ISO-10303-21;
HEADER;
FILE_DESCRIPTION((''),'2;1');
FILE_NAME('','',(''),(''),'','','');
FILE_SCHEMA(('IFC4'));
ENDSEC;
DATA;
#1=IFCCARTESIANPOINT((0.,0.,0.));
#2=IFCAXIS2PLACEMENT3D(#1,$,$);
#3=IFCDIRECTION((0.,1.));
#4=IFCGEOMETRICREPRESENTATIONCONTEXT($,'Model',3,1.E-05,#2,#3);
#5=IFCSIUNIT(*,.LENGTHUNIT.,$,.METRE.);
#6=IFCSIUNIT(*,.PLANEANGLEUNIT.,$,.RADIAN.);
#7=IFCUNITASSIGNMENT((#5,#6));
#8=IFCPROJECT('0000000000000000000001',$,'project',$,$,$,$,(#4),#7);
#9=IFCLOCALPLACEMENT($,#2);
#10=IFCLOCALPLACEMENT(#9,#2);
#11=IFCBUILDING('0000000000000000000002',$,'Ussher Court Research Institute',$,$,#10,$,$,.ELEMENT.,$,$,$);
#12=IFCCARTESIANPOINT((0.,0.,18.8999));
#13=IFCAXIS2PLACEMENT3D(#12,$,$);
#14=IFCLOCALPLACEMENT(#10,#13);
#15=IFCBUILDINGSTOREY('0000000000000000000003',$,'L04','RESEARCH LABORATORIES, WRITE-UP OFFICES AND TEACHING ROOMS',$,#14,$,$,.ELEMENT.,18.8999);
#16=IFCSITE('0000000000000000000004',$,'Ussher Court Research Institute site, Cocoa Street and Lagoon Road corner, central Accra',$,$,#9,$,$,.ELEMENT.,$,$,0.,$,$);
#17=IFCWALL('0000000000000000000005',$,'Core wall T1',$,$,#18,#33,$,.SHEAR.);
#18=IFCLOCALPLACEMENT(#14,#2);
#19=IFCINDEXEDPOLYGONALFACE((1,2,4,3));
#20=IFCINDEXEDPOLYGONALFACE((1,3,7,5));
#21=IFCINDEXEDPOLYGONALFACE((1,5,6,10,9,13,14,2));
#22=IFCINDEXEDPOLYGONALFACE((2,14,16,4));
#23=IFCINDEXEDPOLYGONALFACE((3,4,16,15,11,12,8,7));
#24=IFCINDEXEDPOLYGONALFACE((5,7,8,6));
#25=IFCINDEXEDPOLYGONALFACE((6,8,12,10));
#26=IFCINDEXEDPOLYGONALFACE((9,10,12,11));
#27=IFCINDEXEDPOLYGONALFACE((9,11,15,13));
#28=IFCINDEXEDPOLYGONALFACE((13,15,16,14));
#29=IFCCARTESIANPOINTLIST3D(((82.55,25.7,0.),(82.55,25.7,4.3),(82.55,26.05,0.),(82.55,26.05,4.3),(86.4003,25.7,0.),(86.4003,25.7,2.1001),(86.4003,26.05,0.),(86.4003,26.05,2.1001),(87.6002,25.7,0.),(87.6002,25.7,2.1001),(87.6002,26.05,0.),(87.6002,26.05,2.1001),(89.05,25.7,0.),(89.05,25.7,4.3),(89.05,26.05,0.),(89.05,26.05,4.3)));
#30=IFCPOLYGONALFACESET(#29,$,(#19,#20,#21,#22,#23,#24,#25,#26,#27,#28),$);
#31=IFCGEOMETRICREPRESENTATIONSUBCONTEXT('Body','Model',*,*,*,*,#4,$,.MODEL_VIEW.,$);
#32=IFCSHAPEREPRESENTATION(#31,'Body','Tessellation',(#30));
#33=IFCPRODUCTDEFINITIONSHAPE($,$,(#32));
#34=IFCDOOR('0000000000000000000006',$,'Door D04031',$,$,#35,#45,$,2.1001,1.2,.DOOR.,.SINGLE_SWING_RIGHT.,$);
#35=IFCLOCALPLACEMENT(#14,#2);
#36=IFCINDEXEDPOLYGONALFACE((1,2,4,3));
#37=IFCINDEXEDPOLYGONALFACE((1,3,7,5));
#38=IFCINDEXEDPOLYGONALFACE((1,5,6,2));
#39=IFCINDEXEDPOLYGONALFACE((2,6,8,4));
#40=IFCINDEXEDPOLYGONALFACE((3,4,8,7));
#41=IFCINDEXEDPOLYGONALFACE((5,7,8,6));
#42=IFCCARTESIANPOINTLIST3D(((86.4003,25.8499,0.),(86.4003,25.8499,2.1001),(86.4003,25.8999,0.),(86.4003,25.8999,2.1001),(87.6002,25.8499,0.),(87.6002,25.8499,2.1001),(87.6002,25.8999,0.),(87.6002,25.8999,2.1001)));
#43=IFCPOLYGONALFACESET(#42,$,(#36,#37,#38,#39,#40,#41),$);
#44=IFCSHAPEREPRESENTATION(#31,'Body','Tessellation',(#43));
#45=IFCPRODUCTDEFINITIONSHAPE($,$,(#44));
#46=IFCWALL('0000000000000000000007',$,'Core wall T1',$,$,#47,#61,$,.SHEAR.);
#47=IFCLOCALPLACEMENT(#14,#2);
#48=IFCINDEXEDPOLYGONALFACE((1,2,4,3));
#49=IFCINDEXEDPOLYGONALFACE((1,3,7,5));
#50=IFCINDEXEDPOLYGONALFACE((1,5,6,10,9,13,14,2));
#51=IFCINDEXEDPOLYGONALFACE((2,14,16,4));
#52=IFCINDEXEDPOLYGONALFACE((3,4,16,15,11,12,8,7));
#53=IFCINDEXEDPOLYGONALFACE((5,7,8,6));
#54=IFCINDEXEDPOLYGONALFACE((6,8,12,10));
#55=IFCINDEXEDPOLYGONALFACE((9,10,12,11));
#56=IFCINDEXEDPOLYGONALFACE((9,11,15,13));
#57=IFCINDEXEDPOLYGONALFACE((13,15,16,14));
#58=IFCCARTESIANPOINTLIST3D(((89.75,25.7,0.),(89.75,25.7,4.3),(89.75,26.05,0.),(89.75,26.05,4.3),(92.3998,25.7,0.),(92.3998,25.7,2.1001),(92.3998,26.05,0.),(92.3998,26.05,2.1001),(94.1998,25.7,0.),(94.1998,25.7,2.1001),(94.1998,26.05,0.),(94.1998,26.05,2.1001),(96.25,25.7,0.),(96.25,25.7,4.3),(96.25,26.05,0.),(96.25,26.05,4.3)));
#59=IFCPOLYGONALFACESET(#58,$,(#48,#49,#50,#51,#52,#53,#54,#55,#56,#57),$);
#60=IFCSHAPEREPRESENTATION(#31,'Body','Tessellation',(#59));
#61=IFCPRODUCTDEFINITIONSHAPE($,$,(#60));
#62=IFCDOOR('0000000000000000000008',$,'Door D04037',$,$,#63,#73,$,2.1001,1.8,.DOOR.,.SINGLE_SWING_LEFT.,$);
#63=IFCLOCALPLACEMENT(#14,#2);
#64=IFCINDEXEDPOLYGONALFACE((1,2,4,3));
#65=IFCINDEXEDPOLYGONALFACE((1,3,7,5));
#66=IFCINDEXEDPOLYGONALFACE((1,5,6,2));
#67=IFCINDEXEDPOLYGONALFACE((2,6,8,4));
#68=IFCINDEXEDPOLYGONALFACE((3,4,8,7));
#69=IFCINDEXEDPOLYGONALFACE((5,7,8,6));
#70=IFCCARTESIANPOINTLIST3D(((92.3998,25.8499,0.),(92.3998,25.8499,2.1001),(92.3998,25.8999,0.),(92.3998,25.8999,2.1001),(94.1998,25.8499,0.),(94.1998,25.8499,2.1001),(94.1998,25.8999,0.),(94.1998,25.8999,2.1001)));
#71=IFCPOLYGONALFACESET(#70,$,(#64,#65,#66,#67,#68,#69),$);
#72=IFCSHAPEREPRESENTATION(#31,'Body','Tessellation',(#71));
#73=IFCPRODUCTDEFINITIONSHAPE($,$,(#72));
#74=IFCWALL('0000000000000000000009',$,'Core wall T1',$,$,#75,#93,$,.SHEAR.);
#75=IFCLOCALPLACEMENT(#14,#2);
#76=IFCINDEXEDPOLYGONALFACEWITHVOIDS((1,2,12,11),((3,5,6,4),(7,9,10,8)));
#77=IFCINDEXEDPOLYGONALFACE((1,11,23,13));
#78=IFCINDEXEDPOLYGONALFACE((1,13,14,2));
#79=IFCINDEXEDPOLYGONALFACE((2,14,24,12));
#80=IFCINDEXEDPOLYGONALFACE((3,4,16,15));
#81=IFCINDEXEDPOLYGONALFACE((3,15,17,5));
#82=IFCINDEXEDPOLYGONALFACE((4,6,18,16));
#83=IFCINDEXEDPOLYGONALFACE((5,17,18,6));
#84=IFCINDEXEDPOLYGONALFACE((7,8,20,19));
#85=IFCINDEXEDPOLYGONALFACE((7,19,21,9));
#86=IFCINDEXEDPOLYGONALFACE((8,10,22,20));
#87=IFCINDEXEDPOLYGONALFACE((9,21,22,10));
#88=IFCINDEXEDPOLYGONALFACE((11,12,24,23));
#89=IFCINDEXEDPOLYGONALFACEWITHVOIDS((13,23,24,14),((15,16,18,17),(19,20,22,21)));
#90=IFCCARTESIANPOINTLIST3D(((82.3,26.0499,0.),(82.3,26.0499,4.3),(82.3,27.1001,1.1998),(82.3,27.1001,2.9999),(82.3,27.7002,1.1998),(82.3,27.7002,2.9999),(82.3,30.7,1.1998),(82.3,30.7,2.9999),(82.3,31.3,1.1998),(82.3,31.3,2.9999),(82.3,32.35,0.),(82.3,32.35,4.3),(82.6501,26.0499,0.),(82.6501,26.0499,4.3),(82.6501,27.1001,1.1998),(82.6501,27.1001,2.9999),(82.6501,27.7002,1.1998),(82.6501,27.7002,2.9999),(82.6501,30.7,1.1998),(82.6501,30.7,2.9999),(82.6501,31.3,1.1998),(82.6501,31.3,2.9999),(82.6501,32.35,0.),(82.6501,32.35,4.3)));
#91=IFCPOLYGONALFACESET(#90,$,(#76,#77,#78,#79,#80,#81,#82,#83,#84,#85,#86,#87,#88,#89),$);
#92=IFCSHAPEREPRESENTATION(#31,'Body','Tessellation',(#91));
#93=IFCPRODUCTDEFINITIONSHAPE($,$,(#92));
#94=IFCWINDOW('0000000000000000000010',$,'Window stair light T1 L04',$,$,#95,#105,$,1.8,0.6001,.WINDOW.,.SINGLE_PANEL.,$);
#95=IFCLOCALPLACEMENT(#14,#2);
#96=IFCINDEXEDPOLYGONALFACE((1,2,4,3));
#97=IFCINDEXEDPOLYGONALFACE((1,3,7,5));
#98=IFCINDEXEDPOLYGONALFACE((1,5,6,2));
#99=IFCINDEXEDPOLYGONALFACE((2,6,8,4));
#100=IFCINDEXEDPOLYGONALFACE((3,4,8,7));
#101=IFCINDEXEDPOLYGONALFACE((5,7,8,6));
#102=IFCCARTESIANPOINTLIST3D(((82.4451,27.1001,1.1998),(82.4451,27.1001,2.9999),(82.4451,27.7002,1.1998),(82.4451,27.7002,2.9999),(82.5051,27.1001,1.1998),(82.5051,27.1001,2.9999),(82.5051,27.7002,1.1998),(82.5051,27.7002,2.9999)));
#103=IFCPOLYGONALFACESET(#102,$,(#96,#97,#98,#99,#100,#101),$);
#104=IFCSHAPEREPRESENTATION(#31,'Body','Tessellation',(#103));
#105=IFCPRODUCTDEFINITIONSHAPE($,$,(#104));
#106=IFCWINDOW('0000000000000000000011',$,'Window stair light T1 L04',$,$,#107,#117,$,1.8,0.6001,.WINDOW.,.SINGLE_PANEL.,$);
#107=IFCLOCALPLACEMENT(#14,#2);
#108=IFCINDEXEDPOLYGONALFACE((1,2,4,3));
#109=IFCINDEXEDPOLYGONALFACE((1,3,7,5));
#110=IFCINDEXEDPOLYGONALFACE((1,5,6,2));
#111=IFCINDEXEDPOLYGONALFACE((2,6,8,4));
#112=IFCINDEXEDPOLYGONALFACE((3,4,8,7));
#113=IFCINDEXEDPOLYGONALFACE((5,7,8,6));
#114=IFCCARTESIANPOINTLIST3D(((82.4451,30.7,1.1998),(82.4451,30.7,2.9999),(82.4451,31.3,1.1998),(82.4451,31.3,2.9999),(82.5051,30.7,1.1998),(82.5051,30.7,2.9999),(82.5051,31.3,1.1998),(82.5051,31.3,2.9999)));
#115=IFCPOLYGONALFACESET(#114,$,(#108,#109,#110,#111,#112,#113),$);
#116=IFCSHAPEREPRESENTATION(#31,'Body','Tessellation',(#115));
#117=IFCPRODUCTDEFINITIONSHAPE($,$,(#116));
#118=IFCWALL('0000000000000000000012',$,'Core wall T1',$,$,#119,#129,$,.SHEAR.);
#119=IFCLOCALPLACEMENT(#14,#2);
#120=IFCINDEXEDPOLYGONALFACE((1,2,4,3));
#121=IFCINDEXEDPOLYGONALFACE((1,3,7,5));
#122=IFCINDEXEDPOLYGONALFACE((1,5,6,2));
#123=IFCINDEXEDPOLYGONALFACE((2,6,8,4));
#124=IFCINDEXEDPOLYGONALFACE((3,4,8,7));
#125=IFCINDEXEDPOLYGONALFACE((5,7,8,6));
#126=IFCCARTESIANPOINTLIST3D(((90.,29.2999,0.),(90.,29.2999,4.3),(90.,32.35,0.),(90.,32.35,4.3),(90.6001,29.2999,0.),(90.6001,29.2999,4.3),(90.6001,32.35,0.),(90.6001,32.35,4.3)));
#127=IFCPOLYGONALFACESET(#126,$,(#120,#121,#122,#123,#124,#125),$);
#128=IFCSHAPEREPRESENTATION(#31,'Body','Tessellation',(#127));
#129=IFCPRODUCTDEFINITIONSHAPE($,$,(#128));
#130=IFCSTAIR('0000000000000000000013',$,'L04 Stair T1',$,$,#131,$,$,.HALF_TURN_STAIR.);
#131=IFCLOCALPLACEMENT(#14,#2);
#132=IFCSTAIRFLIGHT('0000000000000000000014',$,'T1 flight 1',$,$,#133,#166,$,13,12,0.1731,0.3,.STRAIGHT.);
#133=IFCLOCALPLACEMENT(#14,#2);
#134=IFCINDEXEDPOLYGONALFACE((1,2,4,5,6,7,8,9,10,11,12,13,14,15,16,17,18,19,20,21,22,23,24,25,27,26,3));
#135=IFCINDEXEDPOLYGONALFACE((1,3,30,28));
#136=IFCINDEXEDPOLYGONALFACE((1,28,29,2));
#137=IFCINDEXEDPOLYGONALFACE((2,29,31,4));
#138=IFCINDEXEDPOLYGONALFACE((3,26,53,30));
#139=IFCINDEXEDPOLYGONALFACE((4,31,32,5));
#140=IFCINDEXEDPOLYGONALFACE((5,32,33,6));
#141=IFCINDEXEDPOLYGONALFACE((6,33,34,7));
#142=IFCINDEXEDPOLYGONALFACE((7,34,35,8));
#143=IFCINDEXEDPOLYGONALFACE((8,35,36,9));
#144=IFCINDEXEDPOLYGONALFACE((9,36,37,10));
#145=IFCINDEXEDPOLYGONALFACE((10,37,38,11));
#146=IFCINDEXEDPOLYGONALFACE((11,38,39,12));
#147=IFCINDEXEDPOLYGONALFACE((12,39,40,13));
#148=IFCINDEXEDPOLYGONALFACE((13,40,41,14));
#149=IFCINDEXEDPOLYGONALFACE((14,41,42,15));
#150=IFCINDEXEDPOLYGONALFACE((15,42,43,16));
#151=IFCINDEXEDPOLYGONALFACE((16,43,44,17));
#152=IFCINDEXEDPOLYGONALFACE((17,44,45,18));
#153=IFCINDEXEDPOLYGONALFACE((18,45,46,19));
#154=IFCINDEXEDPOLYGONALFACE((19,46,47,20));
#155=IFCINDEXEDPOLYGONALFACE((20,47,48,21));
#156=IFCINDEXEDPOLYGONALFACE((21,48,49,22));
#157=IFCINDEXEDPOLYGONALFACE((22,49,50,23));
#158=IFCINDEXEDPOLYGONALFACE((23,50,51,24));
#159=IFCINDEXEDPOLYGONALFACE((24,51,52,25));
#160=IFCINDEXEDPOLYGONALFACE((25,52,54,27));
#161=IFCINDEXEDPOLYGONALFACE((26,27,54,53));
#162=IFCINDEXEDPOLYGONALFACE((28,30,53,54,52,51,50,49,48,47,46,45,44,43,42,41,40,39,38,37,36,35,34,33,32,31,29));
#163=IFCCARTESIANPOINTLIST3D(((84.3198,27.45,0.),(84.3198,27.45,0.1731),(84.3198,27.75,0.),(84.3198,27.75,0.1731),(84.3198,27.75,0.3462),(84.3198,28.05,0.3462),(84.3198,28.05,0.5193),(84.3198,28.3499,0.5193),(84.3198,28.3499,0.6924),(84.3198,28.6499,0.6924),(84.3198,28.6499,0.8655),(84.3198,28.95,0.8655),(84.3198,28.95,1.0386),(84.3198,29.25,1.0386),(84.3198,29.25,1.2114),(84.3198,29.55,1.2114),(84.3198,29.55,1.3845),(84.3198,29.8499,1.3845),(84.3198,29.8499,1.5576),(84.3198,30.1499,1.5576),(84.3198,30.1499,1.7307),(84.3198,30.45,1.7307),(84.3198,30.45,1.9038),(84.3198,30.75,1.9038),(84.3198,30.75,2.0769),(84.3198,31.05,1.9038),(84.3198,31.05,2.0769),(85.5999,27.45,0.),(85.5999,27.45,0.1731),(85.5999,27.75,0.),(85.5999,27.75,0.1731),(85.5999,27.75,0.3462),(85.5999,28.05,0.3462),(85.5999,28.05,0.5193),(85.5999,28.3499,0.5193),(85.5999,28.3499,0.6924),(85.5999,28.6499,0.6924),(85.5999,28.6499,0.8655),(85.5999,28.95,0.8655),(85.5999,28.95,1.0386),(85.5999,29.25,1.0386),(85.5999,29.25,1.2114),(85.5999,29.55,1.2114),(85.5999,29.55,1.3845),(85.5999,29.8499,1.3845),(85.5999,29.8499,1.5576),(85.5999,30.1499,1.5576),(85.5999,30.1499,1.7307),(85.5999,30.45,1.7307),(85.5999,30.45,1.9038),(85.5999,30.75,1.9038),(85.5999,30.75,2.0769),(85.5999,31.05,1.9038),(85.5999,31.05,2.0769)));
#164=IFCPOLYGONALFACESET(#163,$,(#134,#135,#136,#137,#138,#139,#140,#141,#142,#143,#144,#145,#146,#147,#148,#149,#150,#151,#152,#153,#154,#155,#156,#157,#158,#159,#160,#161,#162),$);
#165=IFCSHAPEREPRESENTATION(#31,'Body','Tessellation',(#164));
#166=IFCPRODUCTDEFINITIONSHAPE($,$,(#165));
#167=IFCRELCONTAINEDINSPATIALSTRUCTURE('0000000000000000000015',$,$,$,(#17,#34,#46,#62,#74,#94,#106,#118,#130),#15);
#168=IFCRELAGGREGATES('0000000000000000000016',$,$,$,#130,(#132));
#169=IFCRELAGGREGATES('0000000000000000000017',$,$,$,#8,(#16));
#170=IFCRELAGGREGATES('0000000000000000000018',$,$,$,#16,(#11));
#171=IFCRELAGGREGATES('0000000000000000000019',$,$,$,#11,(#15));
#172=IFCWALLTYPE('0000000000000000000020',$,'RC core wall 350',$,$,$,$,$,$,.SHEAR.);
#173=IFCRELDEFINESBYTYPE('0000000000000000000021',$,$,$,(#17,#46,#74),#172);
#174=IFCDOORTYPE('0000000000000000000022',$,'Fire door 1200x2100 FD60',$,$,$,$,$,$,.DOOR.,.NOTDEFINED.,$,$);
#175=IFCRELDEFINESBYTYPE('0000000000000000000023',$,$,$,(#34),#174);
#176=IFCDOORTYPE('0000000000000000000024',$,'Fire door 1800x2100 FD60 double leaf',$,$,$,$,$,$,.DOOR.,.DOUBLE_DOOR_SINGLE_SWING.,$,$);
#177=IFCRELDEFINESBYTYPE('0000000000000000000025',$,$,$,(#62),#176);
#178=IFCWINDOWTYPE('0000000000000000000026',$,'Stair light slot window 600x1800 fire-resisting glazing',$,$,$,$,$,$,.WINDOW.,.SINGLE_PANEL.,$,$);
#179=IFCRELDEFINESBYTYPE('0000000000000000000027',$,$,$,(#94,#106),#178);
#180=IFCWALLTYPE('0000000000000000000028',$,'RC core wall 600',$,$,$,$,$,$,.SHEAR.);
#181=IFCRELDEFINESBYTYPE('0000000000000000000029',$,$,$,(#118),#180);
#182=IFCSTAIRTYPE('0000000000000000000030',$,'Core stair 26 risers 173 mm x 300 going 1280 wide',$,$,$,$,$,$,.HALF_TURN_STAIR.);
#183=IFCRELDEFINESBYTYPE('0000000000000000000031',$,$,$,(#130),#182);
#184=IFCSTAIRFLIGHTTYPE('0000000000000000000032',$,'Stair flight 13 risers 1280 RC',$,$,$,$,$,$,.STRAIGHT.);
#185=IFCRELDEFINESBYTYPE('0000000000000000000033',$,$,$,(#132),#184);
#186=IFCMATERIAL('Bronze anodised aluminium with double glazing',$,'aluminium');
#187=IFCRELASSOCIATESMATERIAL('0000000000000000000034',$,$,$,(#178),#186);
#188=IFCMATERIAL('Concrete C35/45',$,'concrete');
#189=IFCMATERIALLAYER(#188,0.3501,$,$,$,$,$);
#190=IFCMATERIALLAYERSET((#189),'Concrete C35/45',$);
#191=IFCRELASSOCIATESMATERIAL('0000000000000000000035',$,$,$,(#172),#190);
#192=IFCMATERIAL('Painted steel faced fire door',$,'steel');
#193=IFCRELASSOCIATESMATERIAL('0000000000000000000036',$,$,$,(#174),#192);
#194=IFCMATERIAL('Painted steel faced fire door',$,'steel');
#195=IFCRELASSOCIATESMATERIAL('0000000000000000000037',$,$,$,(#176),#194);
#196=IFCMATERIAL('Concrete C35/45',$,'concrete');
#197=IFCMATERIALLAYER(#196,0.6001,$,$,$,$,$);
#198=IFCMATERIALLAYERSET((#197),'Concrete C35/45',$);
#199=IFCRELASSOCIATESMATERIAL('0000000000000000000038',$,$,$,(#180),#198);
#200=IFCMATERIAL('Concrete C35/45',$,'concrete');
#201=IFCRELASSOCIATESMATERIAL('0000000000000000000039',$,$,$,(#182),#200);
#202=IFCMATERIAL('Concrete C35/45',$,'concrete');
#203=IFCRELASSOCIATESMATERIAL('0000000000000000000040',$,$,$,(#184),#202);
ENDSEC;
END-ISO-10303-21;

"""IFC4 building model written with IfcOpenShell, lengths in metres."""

from ifc_helpers import new_model, si_unit, direction, frame, frame_2d, origin, place, context, subcontext, project, spatial, polyline, rectangle, outline, extrude, material, layer, layer_set, type_object, element, fill, aggregate, save


model = new_model("IFC4")

# Units and contexts
model_context = context("Model", 3, precision=1e-05, world=origin(), true_north=direction((0.0, 1.0)))
body_context = subcontext(model_context, "Body", "Model", "MODEL_VIEW")
ifc_project = project(units=[si_unit("LENGTHUNIT", "METRE"), si_unit("PLANEANGLEUNIT", "RADIAN")], contexts=[model_context])

# Site, building, storey
site_placement = place(None, origin())
site = spatial("IfcSite", under=ifc_project, at=site_placement, Name="Ussher Court Research Institute site, Cocoa Street and Lagoon Road corner, central Accra", CompositionType="ELEMENT", RefElevation=0.0)
building_placement = place(site_placement, origin())
building = spatial("IfcBuilding", under=site, at=building_placement, Name="Ussher Court Research Institute", CompositionType="ELEMENT")
storey_placement = place(building_placement, frame((0.0, 0.0, 18.8999)))
storey = spatial("IfcBuildingStorey", under=building, at=storey_placement, Name="L04", Description="RESEARCH LABORATORIES, WRITE-UP OFFICES AND TEACHING ROOMS", CompositionType="ELEMENT", Elevation=18.8999)

# Shared definitions
ifc_material_1 = material(Name="Bronze anodised aluminium with double glazing", Category="aluminium")
window_type = type_object("IfcWindowType", Name="Stair light slot window 600x1800 fire-resisting glazing", PartitioningType="SINGLE_PANEL", PredefinedType="WINDOW", material=ifc_material_1)

# Walls, openings, doors
ifc_material_2 = material(Name="Concrete C35/45", Category="concrete")
ifc_layer_1 = layer(ifc_material_2, 0.3501)
ifc_layer_set_1 = layer_set([ifc_layer_1], Name="Concrete C35/45")
wall_type_1 = type_object("IfcWallType", Name="RC core wall 350", PredefinedType="SHEAR", material=ifc_layer_set_1)
wall_1_placement = place(storey_placement, frame((82.55, 25.875, 0.0), z_axis=(0.0, 0.0, 1.0), x_axis=(1.0, 0.0, 0.0)))
wall_1 = element("IfcWall", 1, at=wall_1_placement, inside=storey, type_object=wall_type_1, Name="Core wall T1", PredefinedType="SHEAR", context=body_context, shape_type="SweptSolid", body=[
    extrude(rectangle(XDim=6.5, YDim=0.3501, at=frame_2d((3.25, 0.0))), origin(), (0.0, 0.0, 1.0), 4.3),
])
opening_1_placement = place(wall_1_placement, frame((3.8501, 0.0, 0.0)))
opening_1 = element("IfcOpeningElement", 2, at=opening_1_placement, cuts=wall_1, PredefinedType="OPENING", context=body_context, shape_type="SweptSolid", body=[
    extrude(rectangle(XDim=1.2, YDim=2.1001, at=frame_2d((0.6001, 1.05))), frame((0.0, 0.1851, 0.0), z_axis=(0.0, -1.0, 0.0), x_axis=(1.0, 0.0, 0.0)), (0.0, 0.0, 1.0), 0.3701),
])
ifc_material_3 = material(Name="Painted steel faced fire door", Category="steel")
door_type_1 = type_object("IfcDoorType", Name="Fire door 1200x2100 FD60", OperationType="NOTDEFINED", PredefinedType="DOOR", material=ifc_material_3)
door_1_placement = place(opening_1_placement, origin())
door_1 = element("IfcDoor", 3, at=door_1_placement, inside=storey, type_object=door_type_1, Name="Door D04031", OperationType="SINGLE_SWING_RIGHT", OverallHeight=2.1001, OverallWidth=1.2, PredefinedType="DOOR", context=body_context, shape_type="SweptSolid", body=[
    extrude(rectangle(XDim=1.2, YDim=2.1001, at=frame_2d((0.6001, 1.05))), frame((0.0, 0.0249, 0.0), z_axis=(0.0, -1.0, 0.0), x_axis=(1.0, 0.0, 0.0)), (0.0, 0.0, 1.0), 0.05),
])
fill(opening_1, door_1)
wall_2_placement = place(storey_placement, frame((89.75, 25.875, 0.0), z_axis=(0.0, 0.0, 1.0), x_axis=(1.0, 0.0, 0.0)))
wall_2 = element("IfcWall", 4, at=wall_2_placement, inside=storey, type_object=wall_type_1, Name="Core wall T1", PredefinedType="SHEAR", context=body_context, shape_type="SweptSolid", body=[
    extrude(rectangle(XDim=6.5, YDim=0.3501, at=frame_2d((3.25, 0.0))), origin(), (0.0, 0.0, 1.0), 4.3),
])
opening_2_placement = place(wall_2_placement, frame((2.6499, 0.0, 0.0)))
opening_2 = element("IfcOpeningElement", 5, at=opening_2_placement, cuts=wall_2, PredefinedType="OPENING", context=body_context, shape_type="SweptSolid", body=[
    extrude(rectangle(XDim=1.8, YDim=2.1001, at=frame_2d((0.8999, 1.05))), frame((0.0, 0.1851, 0.0), z_axis=(0.0, -1.0, 0.0), x_axis=(1.0, 0.0, 0.0)), (0.0, 0.0, 1.0), 0.3701),
])
ifc_material_4 = material(Name="Painted steel faced fire door", Category="steel")
door_type_2 = type_object("IfcDoorType", Name="Fire door 1800x2100 FD60 double leaf", OperationType="DOUBLE_DOOR_SINGLE_SWING", PredefinedType="DOOR", material=ifc_material_4)
door_2_placement = place(opening_2_placement, origin())
door_2 = element("IfcDoor", 6, at=door_2_placement, inside=storey, type_object=door_type_2, Name="Door D04037", OperationType="SINGLE_SWING_LEFT", OverallHeight=2.1001, OverallWidth=1.8, PredefinedType="DOOR", context=body_context, shape_type="SweptSolid", body=[
    extrude(rectangle(XDim=1.8, YDim=2.1001, at=frame_2d((0.8999, 1.05))), frame((0.0, 0.0249, 0.0), z_axis=(0.0, -1.0, 0.0), x_axis=(1.0, 0.0, 0.0)), (0.0, 0.0, 1.0), 0.05),
])
fill(opening_2, door_2)

# Wall, openings, windows
wall_3_placement = place(storey_placement, frame((82.4751, 26.05, 0.0), z_axis=(0.0, 0.0, 1.0), x_axis=(0.0, 1.0, 0.0)))
wall_3 = element("IfcWall", 7, at=wall_3_placement, inside=storey, type_object=wall_type_1, Name="Core wall T1", PredefinedType="SHEAR", context=body_context, shape_type="SweptSolid", body=[
    extrude(rectangle(XDim=6.3, YDim=0.3501, at=frame_2d((3.1499, 0.0))), origin(), (0.0, 0.0, 1.0), 4.3),
])
opening_3_placement = place(wall_3_placement, frame((1.05, 0.0, 1.2)))
opening_3 = element("IfcOpeningElement", 8, at=opening_3_placement, cuts=wall_3, PredefinedType="OPENING", context=body_context, shape_type="SweptSolid", body=[
    extrude(rectangle(XDim=0.6001, YDim=1.8, at=frame_2d((0.3, 0.8999))), frame((0.0, 0.1851, 0.0), z_axis=(0.0, -1.0, 0.0), x_axis=(1.0, 0.0, 0.0)), (0.0, 0.0, 1.0), 0.3701),
])
opening_4_placement = place(wall_3_placement, frame((4.6499, 0.0, 1.2)))
opening_4 = element("IfcOpeningElement", 9, at=opening_4_placement, cuts=wall_3, PredefinedType="OPENING", context=body_context, shape_type="SweptSolid", body=[
    extrude(rectangle(XDim=0.6001, YDim=1.8, at=frame_2d((0.3, 0.8999))), frame((0.0, 0.1851, 0.0), z_axis=(0.0, -1.0, 0.0), x_axis=(1.0, 0.0, 0.0)), (0.0, 0.0, 1.0), 0.3701),
])
window_1_placement = place(opening_3_placement, origin())
window_1 = element("IfcWindow", 10, at=window_1_placement, inside=storey, type_object=window_type, Name="Window stair light T1 L04", OverallHeight=1.8, OverallWidth=0.6001, PartitioningType="SINGLE_PANEL", PredefinedType="WINDOW", context=body_context, shape_type="SweptSolid", body=[
    extrude(rectangle(XDim=0.6001, YDim=1.8, at=frame_2d((0.3, 0.8999))), frame((0.0, 0.03, 0.0), z_axis=(0.0, -1.0, 0.0), x_axis=(1.0, 0.0, 0.0)), (0.0, 0.0, 1.0), 0.0601),
])
fill(opening_3, window_1)
window_2_placement = place(opening_4_placement, origin())
window_2 = element("IfcWindow", 11, at=window_2_placement, inside=storey, type_object=window_type, Name="Window stair light T1 L04", OverallHeight=1.8, OverallWidth=0.6001, PartitioningType="SINGLE_PANEL", PredefinedType="WINDOW", context=body_context, shape_type="SweptSolid", body=[
    extrude(rectangle(XDim=0.6001, YDim=1.8, at=frame_2d((0.3, 0.8999))), frame((0.0, 0.03, 0.0), z_axis=(0.0, -1.0, 0.0), x_axis=(1.0, 0.0, 0.0)), (0.0, 0.0, 1.0), 0.0601),
])
fill(opening_4, window_2)

# Wall
ifc_material_5 = material(Name="Concrete C35/45", Category="concrete")
ifc_layer_2 = layer(ifc_material_5, 0.6001)
ifc_layer_set_2 = layer_set([ifc_layer_2], Name="Concrete C35/45")
wall_type_2 = type_object("IfcWallType", Name="RC core wall 600", PredefinedType="SHEAR", material=ifc_layer_set_2)
wall_4_placement = place(storey_placement, frame((90.3, 29.3, 0.0), z_axis=(0.0, 0.0, 1.0), x_axis=(0.0, 1.0, 0.0)))
element("IfcWall", 12, at=wall_4_placement, inside=storey, type_object=wall_type_2, Name="Core wall T1", PredefinedType="SHEAR", context=body_context, shape_type="SweptSolid", body=[
    extrude(rectangle(XDim=3.05, YDim=0.6001, at=frame_2d((1.5249, 0.0))), origin(), (0.0, 0.0, 1.0), 4.3),
])

# Stair, stair flight
ifc_material_6 = material(Name="Concrete C35/45", Category="concrete")
stair_type = type_object("IfcStairType", Name="Core stair 26 risers 173 mm x 300 going 1280 wide", PredefinedType="HALF_TURN_STAIR", material=ifc_material_6)
stair_placement = place(storey_placement, origin())
stair = element("IfcStair", 13, at=stair_placement, inside=storey, type_object=stair_type, Name="L04 Stair T1", PredefinedType="HALF_TURN_STAIR")
ifc_material_7 = material(Name="Concrete C35/45", Category="concrete")
stair_flight_type = type_object("IfcStairFlightType", Name="Stair flight 13 risers 1280 RC", PredefinedType="STRAIGHT", material=ifc_material_7)
stair_flight_placement = place(storey_placement, frame((84.96, 27.45, 0.0), z_axis=(0.0, 0.0, 1.0), x_axis=(0.0, 1.0, 0.0)))
stair_flight = element("IfcStairFlight", 14, at=stair_flight_placement, type_object=stair_flight_type, Name="T1 flight 1", NumberOfRisers=13, NumberOfTreads=12, PredefinedType="STRAIGHT", RiserHeight=0.1731, TreadLength=0.3, context=body_context, shape_type="SweptSolid", body=[
    extrude(outline(polyline([(0.0, 0.0), (0.0, 0.1731), (0.3, 0.1731), (0.3, 0.3462), (0.6001, 0.3462), (0.6001, 0.5193), (0.8999, 0.5193), (0.8999, 0.6924), (1.2, 0.6924), (1.2, 0.8655), (1.5, 0.8655), (1.5, 1.0386), (1.8, 1.0386), (1.8, 1.2114), (2.1001, 1.2114), (2.1001, 1.3845), (2.3999, 1.3845), (2.3999, 1.5576), (2.7, 1.5576), (2.7, 1.7307), (3.0, 1.7307), (3.0, 1.9038), (3.3, 1.9038), (3.3, 2.0769), (3.6001, 2.0769), (3.6001, 2.25), (3.6001, 1.9038), (0.3, 0.0), (0.0, 0.0)])), frame((0.0, 0.6401, 0.0), z_axis=(0.0, -1.0, 0.0), x_axis=(1.0, 0.0, 0.0)), (0.0, 0.0, 1.0), 1.28),
])
aggregate(stair, [stair_flight])

save(model, "model.ifc")
